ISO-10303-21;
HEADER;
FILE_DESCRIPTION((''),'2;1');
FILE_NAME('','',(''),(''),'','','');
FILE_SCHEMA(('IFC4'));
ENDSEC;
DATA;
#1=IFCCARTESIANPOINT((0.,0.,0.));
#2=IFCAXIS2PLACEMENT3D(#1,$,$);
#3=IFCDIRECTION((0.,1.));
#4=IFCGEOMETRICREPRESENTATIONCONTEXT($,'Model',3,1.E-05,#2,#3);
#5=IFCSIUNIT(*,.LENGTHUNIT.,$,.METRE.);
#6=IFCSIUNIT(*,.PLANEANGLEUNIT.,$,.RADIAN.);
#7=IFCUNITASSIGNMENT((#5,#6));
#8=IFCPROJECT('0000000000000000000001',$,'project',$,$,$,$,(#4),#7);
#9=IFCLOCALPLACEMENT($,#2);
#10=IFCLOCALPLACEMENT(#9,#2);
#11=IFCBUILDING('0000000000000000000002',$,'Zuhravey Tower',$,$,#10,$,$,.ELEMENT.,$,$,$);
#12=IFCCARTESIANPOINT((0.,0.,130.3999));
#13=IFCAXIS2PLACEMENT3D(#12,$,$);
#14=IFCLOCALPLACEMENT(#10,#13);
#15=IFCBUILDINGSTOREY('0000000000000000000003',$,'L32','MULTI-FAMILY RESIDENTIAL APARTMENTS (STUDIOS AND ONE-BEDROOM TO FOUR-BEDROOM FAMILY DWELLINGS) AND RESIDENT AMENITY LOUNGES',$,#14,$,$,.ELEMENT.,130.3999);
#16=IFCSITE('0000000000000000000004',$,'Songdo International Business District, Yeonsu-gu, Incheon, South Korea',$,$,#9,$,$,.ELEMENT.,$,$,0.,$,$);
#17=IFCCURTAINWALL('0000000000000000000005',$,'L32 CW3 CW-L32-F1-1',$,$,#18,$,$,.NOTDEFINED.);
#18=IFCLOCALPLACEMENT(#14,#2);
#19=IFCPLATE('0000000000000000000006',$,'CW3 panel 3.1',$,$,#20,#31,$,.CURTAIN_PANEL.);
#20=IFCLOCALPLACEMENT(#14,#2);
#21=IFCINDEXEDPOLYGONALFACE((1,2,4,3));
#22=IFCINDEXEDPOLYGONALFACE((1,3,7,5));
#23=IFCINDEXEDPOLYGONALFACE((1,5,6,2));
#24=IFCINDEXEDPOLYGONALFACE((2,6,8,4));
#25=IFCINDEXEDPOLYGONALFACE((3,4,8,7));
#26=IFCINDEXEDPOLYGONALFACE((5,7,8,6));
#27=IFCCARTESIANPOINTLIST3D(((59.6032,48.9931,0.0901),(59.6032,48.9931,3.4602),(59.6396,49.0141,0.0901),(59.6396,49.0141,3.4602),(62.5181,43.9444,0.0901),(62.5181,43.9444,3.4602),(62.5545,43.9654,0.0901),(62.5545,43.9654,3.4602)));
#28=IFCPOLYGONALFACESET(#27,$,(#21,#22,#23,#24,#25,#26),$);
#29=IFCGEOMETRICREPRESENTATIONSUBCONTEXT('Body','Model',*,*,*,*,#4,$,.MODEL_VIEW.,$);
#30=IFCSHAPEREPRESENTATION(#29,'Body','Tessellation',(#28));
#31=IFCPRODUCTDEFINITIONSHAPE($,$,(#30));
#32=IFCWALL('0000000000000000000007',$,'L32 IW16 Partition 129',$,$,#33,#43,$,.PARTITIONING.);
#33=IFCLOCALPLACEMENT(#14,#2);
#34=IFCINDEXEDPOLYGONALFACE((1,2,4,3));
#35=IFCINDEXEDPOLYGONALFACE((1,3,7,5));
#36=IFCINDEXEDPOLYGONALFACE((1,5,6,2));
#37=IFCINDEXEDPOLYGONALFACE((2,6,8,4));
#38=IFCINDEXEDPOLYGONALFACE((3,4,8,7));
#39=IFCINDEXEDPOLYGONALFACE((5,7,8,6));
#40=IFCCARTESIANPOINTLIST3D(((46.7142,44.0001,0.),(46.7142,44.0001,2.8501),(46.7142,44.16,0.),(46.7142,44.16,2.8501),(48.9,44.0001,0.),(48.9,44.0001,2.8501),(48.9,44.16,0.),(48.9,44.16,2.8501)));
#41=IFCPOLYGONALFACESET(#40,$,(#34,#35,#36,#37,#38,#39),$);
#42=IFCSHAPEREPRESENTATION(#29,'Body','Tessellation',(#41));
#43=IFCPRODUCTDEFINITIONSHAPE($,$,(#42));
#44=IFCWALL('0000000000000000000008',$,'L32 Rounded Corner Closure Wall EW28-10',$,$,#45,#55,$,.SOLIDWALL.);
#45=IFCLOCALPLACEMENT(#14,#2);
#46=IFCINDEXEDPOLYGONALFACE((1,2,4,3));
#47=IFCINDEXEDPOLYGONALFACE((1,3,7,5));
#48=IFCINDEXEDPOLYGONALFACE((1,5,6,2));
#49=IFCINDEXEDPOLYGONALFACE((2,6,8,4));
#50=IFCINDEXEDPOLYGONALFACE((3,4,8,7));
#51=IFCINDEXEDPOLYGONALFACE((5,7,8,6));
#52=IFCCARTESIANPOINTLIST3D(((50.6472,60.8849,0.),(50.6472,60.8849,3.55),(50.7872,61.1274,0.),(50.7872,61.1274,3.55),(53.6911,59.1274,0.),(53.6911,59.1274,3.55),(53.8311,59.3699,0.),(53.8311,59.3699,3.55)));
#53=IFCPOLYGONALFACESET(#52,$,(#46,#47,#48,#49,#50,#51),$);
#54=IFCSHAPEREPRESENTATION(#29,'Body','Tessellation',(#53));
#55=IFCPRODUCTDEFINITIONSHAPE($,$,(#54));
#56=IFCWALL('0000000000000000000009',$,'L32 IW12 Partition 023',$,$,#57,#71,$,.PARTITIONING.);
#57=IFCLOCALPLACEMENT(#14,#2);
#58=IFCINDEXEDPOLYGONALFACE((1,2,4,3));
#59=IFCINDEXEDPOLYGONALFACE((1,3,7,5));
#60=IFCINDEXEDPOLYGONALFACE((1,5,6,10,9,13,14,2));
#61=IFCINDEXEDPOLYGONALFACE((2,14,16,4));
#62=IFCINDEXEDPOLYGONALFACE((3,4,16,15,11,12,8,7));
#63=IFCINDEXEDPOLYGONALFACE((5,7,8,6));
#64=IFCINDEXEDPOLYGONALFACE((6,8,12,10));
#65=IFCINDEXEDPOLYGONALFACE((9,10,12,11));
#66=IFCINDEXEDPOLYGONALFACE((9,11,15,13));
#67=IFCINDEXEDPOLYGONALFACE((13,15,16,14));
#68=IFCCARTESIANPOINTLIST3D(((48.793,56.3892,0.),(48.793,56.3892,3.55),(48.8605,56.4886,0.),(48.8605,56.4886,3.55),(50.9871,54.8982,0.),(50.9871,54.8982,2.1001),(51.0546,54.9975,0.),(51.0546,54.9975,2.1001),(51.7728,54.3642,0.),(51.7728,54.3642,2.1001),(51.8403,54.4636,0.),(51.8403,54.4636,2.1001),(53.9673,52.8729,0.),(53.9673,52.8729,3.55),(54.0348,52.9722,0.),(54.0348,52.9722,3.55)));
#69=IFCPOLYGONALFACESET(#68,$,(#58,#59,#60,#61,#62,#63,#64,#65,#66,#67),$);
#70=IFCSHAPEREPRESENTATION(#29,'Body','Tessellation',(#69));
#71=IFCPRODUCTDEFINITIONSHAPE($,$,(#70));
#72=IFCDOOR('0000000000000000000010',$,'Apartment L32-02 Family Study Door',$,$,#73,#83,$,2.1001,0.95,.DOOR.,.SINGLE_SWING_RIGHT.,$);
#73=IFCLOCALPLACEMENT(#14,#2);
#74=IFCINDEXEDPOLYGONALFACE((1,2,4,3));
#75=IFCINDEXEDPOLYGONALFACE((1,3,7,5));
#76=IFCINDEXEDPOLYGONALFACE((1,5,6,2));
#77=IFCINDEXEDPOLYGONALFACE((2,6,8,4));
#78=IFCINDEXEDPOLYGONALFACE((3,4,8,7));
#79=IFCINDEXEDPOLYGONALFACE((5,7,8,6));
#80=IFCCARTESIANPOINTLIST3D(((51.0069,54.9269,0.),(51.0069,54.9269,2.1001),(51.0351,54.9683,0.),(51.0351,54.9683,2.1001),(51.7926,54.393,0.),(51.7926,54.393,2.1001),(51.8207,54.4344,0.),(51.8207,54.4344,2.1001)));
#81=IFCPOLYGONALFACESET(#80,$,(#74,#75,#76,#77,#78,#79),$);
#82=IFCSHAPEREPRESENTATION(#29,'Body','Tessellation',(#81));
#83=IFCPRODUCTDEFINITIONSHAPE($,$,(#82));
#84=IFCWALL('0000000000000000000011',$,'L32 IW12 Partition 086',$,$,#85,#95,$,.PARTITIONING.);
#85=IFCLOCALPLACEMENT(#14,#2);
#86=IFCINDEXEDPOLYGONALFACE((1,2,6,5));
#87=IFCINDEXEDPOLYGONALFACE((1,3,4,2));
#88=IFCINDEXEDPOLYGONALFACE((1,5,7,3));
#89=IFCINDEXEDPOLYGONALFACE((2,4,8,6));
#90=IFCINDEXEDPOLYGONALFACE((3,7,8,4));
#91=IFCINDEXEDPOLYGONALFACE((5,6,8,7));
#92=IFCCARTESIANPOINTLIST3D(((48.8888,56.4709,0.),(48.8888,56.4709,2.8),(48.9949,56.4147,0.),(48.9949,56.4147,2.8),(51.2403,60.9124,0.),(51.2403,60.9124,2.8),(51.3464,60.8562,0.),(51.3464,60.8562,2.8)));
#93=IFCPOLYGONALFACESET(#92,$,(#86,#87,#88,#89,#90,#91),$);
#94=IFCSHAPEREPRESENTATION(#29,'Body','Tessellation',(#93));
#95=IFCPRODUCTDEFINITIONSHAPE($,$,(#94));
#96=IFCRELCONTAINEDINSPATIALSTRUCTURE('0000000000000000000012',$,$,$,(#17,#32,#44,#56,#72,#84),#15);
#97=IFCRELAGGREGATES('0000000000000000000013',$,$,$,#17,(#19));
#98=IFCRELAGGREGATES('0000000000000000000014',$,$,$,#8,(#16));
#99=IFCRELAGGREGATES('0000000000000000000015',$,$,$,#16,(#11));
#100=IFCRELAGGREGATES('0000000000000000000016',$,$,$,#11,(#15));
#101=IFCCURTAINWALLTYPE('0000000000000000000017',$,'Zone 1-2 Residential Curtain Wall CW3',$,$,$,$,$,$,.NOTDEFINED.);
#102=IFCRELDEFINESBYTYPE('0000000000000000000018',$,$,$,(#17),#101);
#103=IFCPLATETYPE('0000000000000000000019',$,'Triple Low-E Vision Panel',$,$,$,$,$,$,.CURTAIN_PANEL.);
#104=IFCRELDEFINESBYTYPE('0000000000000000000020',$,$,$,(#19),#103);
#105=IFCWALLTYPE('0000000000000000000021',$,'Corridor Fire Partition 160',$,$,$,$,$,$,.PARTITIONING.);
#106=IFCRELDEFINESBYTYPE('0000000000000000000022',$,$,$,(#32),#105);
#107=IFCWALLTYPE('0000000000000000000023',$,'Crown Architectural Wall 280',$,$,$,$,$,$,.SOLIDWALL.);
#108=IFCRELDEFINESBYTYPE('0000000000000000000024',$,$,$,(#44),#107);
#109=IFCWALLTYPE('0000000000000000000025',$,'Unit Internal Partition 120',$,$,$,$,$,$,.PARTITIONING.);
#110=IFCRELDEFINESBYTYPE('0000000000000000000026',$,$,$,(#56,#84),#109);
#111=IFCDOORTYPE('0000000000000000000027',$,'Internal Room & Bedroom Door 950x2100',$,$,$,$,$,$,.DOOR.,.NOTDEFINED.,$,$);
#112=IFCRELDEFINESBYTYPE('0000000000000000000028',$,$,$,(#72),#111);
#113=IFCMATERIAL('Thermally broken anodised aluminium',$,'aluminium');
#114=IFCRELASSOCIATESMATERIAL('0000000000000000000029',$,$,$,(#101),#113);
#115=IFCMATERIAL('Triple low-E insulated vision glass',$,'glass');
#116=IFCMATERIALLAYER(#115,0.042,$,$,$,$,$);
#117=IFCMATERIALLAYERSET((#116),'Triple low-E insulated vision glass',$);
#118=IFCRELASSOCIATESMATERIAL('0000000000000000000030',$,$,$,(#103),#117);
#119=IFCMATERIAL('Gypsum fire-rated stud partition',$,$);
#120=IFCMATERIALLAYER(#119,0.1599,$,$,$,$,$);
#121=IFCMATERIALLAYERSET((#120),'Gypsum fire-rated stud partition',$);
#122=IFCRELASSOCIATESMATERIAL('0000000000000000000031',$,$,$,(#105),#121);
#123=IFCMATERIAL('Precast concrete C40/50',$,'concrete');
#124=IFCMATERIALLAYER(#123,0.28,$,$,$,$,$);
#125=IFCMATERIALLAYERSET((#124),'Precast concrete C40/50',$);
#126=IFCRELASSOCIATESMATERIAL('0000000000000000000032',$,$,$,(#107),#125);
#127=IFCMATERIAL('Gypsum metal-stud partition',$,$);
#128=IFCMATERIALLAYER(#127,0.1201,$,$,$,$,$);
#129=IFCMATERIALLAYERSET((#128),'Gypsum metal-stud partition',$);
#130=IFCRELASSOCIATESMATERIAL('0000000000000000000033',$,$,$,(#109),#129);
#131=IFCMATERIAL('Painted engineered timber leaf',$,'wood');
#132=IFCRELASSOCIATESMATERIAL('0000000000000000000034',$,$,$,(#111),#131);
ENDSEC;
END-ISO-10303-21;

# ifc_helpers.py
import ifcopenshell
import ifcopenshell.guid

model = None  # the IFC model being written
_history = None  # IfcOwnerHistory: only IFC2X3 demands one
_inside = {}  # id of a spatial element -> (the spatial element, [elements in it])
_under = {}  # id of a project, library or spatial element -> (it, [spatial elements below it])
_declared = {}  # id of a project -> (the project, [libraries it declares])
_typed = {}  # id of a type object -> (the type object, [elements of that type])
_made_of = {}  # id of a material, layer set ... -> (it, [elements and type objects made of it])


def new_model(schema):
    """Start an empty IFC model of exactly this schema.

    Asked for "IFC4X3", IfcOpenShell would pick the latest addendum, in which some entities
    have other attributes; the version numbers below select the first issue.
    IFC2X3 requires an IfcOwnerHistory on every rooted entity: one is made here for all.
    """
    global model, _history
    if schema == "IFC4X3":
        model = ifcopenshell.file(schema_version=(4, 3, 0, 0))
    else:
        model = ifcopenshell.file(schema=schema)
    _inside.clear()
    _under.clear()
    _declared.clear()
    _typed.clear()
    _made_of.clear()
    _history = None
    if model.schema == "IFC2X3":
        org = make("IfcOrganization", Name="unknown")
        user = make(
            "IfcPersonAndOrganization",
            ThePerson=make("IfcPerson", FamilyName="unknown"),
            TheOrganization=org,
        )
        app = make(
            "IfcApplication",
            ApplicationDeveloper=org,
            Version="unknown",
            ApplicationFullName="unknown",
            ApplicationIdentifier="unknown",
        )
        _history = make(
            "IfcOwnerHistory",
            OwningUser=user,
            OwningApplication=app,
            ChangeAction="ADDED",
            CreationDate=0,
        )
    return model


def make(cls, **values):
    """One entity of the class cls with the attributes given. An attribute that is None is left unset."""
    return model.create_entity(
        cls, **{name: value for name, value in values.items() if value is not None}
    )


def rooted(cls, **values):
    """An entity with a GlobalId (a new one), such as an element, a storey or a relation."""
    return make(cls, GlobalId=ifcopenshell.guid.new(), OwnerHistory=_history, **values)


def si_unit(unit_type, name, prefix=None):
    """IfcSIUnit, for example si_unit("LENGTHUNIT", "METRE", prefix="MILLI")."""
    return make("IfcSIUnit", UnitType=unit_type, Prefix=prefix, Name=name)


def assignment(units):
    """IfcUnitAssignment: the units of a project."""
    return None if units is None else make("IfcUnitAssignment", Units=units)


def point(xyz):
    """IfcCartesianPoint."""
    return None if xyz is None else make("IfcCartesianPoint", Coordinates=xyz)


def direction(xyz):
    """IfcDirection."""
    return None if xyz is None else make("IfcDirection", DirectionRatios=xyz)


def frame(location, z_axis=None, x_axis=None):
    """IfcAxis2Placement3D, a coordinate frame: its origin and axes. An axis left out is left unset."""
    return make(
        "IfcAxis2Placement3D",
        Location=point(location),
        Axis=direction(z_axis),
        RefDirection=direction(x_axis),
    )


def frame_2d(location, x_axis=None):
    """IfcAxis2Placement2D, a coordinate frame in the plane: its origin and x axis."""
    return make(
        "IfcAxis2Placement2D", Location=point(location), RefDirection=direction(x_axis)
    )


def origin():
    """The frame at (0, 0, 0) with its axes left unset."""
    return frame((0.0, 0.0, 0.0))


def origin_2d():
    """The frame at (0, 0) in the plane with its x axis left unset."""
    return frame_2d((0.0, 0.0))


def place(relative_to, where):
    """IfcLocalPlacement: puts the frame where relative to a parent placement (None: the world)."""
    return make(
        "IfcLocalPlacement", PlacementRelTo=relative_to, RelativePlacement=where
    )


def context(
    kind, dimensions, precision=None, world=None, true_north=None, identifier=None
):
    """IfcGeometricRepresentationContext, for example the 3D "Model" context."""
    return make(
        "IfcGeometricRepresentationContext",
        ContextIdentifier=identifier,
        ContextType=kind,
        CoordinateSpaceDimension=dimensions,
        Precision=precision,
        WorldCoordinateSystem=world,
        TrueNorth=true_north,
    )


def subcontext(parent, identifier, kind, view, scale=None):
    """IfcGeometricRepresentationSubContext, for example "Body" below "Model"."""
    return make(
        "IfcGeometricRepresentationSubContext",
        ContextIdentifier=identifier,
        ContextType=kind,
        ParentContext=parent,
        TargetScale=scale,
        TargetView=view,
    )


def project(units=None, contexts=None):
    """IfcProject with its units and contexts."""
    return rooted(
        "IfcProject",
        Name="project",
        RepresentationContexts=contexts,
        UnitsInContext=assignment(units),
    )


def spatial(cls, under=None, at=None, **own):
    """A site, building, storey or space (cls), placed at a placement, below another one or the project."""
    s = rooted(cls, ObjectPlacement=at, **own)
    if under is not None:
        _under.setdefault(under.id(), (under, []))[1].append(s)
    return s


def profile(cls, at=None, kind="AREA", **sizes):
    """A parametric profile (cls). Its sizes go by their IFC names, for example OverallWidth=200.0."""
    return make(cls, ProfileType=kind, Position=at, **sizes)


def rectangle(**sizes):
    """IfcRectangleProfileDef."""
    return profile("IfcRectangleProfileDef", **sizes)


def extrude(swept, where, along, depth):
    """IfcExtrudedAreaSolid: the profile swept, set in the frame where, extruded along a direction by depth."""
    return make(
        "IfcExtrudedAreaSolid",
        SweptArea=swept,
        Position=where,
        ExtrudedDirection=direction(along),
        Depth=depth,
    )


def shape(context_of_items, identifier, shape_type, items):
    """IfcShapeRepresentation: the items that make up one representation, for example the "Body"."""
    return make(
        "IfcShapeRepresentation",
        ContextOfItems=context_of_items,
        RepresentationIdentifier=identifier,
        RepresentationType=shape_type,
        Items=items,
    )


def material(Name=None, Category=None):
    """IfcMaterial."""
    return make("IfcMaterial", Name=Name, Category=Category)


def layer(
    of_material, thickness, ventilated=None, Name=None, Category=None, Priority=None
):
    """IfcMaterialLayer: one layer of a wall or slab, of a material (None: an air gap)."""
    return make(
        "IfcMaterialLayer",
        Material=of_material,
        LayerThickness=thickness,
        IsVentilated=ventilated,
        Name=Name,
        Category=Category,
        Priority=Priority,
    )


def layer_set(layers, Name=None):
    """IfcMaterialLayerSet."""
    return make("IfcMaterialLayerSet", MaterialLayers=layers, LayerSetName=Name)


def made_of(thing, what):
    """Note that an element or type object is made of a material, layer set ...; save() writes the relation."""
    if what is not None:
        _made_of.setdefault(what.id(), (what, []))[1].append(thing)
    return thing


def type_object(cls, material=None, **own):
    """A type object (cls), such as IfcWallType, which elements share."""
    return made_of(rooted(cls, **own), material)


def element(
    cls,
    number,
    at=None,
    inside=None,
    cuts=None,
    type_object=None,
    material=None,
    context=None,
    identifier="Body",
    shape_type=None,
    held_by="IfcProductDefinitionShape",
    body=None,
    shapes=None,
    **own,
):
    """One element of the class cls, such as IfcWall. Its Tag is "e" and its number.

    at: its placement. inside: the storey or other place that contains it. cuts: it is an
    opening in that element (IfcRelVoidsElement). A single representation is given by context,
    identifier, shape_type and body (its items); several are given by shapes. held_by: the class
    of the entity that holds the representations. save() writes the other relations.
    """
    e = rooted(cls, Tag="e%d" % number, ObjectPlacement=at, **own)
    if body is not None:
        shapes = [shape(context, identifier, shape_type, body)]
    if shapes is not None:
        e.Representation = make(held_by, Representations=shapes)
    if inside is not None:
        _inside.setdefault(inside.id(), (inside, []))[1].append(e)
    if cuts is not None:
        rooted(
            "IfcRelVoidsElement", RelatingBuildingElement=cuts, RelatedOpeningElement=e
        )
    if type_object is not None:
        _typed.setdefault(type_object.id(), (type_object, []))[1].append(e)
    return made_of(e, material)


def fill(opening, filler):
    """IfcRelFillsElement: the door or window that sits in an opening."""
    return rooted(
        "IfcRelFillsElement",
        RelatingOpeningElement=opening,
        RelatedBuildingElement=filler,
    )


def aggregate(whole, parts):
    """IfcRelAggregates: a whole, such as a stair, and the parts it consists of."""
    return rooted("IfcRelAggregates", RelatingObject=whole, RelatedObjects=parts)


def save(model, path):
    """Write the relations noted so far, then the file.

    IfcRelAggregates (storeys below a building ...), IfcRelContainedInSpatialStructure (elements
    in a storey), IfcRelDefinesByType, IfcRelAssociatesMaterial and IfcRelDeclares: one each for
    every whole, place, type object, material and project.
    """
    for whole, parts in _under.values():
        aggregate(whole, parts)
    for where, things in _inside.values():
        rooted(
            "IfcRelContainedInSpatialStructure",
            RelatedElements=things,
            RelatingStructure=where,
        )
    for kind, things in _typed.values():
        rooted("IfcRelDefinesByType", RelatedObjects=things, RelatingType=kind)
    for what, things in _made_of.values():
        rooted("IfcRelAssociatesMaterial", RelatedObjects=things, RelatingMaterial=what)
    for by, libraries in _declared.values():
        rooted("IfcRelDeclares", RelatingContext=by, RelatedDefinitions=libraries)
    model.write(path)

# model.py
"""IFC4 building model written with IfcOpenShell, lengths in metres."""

from ifc_helpers import new_model, si_unit, direction, frame, frame_2d, origin, origin_2d, place, context, subcontext, project, spatial, rectangle, extrude, material, layer, layer_set, type_object, element, fill, aggregate, save


model = new_model("IFC4")

# Units and contexts
model_context = context("Model", 3, precision=1e-05, world=origin(), true_north=direction((0.0, 1.0)))
body_context = subcontext(model_context, "Body", "Model", "MODEL_VIEW")
ifc_project = project(units=[si_unit("LENGTHUNIT", "METRE"), si_unit("PLANEANGLEUNIT", "RADIAN")], contexts=[model_context])

# Site, building, storey
site_placement = place(None, origin())
site = spatial("IfcSite", under=ifc_project, at=site_placement, Name="Songdo International Business District, Yeonsu-gu, Incheon, South Korea", CompositionType="ELEMENT", RefElevation=0.0)
building_placement = place(site_placement, origin())
building = spatial("IfcBuilding", under=site, at=building_placement, Name="Zuhravey Tower", CompositionType="ELEMENT")
storey_placement = place(building_placement, frame((0.0, 0.0, 130.3999)))
storey = spatial("IfcBuildingStorey", under=building, at=storey_placement, Name="L32", Description="MULTI-FAMILY RESIDENTIAL APARTMENTS (STUDIOS AND ONE-BEDROOM TO FOUR-BEDROOM FAMILY DWELLINGS) AND RESIDENT AMENITY LOUNGES", CompositionType="ELEMENT", Elevation=130.3999)

# Shared definitions
ifc_material_1 = material(Name="Thermally broken anodised aluminium", Category="aluminium")
curtain_wall_type = type_object("IfcCurtainWallType", Name="Zone 1-2 Residential Curtain Wall CW3", PredefinedType="NOTDEFINED", material=ifc_material_1)

# Curtain wall
curtain_wall_1_placement = place(storey_placement, origin())
curtain_wall_1 = element("IfcCurtainWall", 1, at=curtain_wall_1_placement, inside=storey, type_object=curtain_wall_type, Name="L32 CW3 CW-L32-F1-1", PredefinedType="NOTDEFINED")

# Plate
ifc_material_2 = material(Name="Triple low-E insulated vision glass", Category="glass")
ifc_layer_1 = layer(ifc_material_2, 0.042)
ifc_layer_set_1 = layer_set([ifc_layer_1], Name="Triple low-E insulated vision glass")
plate_type_1 = type_object("IfcPlateType", Name="Triple Low-E Vision Panel", PredefinedType="CURTAIN_PANEL", material=ifc_layer_set_1)
plate_1_placement = place(storey_placement, frame((61.0789, 46.4792, 0.0901), z_axis=(0.0, 0.0, 1.0), x_axis=(0.5, -0.866026, 0.0)))
plate_1 = element("IfcPlate", 2, at=plate_1_placement, type_object=plate_type_1, Name="CW3 panel 3.1", PredefinedType="CURTAIN_PANEL", context=body_context, shape_type="SweptSolid", body=[
    extrude(rectangle(XDim=5.8298, YDim=0.042, at=origin_2d()), origin(), (0.0, 0.0, 1.0), 3.3701),
])
aggregate(curtain_wall_1, [plate_1])

# Walls
ifc_material_3 = material(Name="Gypsum fire-rated stud partition")
ifc_layer_2 = layer(ifc_material_3, 0.1599)
ifc_layer_set_2 = layer_set([ifc_layer_2], Name="Gypsum fire-rated stud partition")
wall_type_1 = type_object("IfcWallType", Name="Corridor Fire Partition 160", PredefinedType="PARTITIONING", material=ifc_layer_set_2)
wall_1_placement = place(storey_placement, frame((48.8999, 44.0801, 0.0), z_axis=(0.0, 0.0, 1.0), x_axis=(-1.0, 0.0, 0.0)))
element("IfcWall", 3, at=wall_1_placement, inside=storey, type_object=wall_type_1, Name="L32 IW16 Partition 129", PredefinedType="PARTITIONING", context=body_context, shape_type="SweptSolid", body=[
    extrude(rectangle(XDim=2.1858, YDim=0.1599, at=frame_2d((1.0928, 0.0))), origin(), (0.0, 0.0, 1.0), 2.8501),
])
ifc_material_4 = material(Name="Precast concrete C40/50", Category="concrete")
ifc_layer_3 = layer(ifc_material_4, 0.28)
ifc_layer_set_3 = layer_set([ifc_layer_3], Name="Precast concrete C40/50")
wall_type_2 = type_object("IfcWallType", Name="Crown Architectural Wall 280", PredefinedType="SOLIDWALL", material=ifc_layer_set_3)
wall_2_placement = place(storey_placement, frame((50.7173, 61.0061, 0.0), z_axis=(0.0, 0.0, 1.0), x_axis=(0.866007, -0.500031, 0.0)))
element("IfcWall", 4, at=wall_2_placement, inside=storey, type_object=wall_type_2, Name="L32 Rounded Corner Closure Wall EW28-10", PredefinedType="SOLIDWALL", context=body_context, shape_type="SweptSolid", body=[
    extrude(rectangle(XDim=3.5149, YDim=0.28, at=frame_2d((1.7573, 0.0))), origin(), (0.0, 0.0, 1.0), 3.55),
])

# Wall, opening, door
ifc_material_5 = material(Name="Gypsum metal-stud partition")
ifc_layer_4 = layer(ifc_material_5, 0.1201)
ifc_layer_set_4 = layer_set([ifc_layer_4], Name="Gypsum metal-stud partition")
wall_type_3 = type_object("IfcWallType", Name="Unit Internal Partition 120", PredefinedType="PARTITIONING", material=ifc_layer_set_4)
wall_3_placement = place(storey_placement, frame((54.001, 52.9226, 0.0), z_axis=(0.0, 0.0, 1.0), x_axis=(-0.827088, 0.562072, 0.0)))
wall_3 = element("IfcWall", 5, at=wall_3_placement, inside=storey, type_object=wall_type_3, Name="L32 IW12 Partition 023", PredefinedType="PARTITIONING", context=body_context, shape_type="SweptSolid", body=[
    extrude(rectangle(XDim=6.2561, YDim=0.1201, at=frame_2d((3.1279, 0.0))), origin(), (0.0, 0.0, 1.0), 3.55),
])
opening_placement = place(wall_3_placement, frame((2.6531, 0.0, 0.0)))
opening = element("IfcOpeningElement", 6, at=opening_placement, cuts=wall_3, PredefinedType="OPENING", context=body_context, shape_type="SweptSolid", body=[
    extrude(rectangle(XDim=0.95, YDim=2.1001, at=frame_2d((0.4751, 1.05))), frame((0.0, 0.072, 0.0), z_axis=(0.0, -1.0, 0.0), x_axis=(1.0, 0.0, 0.0)), (0.0, 0.0, 1.0), 0.144),
])
ifc_material_6 = material(Name="Painted engineered timber leaf", Category="wood")
door_type = type_object("IfcDoorType", Name="Internal Room & Bedroom Door 950x2100", OperationType="NOTDEFINED", PredefinedType="DOOR", material=ifc_material_6)
door_placement = place(opening_placement, frame((0.95, 0.0, 0.0), z_axis=(0.0, 0.0, 1.0), x_axis=(-1.0, 0.0, 0.0)))
door = element("IfcDoor", 7, at=door_placement, inside=storey, type_object=door_type, Name="Apartment L32-02 Family Study Door", OperationType="SINGLE_SWING_RIGHT", OverallHeight=2.1001, OverallWidth=0.95, PredefinedType="DOOR", context=body_context, shape_type="SweptSolid", body=[
    extrude(rectangle(XDim=0.95, YDim=2.1001, at=frame_2d((0.4751, 1.05))), frame((0.0, 0.0249, 0.0), z_axis=(0.0, -1.0, 0.0), x_axis=(1.0, 0.0, 0.0)), (0.0, 0.0, 1.0), 0.05),
])
fill(opening, door)

# Wall
wall_4_placement = place(storey_placement, frame((48.9419, 56.4429, 0.0), z_axis=(0.0, 0.0, 1.0), x_axis=(0.467903, 0.88378, 0.0)))
element("IfcWall", 8, at=wall_4_placement, inside=storey, type_object=wall_type_3, Name="L32 IW12 Partition 086", PredefinedType="PARTITIONING", context=body_context, shape_type="SweptSolid", body=[
    extrude(rectangle(XDim=5.0256, YDim=0.1201, at=frame_2d((2.5127, 0.0))), origin(), (0.0, 0.0, 1.0), 2.8),
])

save(model, "model.ifc")
